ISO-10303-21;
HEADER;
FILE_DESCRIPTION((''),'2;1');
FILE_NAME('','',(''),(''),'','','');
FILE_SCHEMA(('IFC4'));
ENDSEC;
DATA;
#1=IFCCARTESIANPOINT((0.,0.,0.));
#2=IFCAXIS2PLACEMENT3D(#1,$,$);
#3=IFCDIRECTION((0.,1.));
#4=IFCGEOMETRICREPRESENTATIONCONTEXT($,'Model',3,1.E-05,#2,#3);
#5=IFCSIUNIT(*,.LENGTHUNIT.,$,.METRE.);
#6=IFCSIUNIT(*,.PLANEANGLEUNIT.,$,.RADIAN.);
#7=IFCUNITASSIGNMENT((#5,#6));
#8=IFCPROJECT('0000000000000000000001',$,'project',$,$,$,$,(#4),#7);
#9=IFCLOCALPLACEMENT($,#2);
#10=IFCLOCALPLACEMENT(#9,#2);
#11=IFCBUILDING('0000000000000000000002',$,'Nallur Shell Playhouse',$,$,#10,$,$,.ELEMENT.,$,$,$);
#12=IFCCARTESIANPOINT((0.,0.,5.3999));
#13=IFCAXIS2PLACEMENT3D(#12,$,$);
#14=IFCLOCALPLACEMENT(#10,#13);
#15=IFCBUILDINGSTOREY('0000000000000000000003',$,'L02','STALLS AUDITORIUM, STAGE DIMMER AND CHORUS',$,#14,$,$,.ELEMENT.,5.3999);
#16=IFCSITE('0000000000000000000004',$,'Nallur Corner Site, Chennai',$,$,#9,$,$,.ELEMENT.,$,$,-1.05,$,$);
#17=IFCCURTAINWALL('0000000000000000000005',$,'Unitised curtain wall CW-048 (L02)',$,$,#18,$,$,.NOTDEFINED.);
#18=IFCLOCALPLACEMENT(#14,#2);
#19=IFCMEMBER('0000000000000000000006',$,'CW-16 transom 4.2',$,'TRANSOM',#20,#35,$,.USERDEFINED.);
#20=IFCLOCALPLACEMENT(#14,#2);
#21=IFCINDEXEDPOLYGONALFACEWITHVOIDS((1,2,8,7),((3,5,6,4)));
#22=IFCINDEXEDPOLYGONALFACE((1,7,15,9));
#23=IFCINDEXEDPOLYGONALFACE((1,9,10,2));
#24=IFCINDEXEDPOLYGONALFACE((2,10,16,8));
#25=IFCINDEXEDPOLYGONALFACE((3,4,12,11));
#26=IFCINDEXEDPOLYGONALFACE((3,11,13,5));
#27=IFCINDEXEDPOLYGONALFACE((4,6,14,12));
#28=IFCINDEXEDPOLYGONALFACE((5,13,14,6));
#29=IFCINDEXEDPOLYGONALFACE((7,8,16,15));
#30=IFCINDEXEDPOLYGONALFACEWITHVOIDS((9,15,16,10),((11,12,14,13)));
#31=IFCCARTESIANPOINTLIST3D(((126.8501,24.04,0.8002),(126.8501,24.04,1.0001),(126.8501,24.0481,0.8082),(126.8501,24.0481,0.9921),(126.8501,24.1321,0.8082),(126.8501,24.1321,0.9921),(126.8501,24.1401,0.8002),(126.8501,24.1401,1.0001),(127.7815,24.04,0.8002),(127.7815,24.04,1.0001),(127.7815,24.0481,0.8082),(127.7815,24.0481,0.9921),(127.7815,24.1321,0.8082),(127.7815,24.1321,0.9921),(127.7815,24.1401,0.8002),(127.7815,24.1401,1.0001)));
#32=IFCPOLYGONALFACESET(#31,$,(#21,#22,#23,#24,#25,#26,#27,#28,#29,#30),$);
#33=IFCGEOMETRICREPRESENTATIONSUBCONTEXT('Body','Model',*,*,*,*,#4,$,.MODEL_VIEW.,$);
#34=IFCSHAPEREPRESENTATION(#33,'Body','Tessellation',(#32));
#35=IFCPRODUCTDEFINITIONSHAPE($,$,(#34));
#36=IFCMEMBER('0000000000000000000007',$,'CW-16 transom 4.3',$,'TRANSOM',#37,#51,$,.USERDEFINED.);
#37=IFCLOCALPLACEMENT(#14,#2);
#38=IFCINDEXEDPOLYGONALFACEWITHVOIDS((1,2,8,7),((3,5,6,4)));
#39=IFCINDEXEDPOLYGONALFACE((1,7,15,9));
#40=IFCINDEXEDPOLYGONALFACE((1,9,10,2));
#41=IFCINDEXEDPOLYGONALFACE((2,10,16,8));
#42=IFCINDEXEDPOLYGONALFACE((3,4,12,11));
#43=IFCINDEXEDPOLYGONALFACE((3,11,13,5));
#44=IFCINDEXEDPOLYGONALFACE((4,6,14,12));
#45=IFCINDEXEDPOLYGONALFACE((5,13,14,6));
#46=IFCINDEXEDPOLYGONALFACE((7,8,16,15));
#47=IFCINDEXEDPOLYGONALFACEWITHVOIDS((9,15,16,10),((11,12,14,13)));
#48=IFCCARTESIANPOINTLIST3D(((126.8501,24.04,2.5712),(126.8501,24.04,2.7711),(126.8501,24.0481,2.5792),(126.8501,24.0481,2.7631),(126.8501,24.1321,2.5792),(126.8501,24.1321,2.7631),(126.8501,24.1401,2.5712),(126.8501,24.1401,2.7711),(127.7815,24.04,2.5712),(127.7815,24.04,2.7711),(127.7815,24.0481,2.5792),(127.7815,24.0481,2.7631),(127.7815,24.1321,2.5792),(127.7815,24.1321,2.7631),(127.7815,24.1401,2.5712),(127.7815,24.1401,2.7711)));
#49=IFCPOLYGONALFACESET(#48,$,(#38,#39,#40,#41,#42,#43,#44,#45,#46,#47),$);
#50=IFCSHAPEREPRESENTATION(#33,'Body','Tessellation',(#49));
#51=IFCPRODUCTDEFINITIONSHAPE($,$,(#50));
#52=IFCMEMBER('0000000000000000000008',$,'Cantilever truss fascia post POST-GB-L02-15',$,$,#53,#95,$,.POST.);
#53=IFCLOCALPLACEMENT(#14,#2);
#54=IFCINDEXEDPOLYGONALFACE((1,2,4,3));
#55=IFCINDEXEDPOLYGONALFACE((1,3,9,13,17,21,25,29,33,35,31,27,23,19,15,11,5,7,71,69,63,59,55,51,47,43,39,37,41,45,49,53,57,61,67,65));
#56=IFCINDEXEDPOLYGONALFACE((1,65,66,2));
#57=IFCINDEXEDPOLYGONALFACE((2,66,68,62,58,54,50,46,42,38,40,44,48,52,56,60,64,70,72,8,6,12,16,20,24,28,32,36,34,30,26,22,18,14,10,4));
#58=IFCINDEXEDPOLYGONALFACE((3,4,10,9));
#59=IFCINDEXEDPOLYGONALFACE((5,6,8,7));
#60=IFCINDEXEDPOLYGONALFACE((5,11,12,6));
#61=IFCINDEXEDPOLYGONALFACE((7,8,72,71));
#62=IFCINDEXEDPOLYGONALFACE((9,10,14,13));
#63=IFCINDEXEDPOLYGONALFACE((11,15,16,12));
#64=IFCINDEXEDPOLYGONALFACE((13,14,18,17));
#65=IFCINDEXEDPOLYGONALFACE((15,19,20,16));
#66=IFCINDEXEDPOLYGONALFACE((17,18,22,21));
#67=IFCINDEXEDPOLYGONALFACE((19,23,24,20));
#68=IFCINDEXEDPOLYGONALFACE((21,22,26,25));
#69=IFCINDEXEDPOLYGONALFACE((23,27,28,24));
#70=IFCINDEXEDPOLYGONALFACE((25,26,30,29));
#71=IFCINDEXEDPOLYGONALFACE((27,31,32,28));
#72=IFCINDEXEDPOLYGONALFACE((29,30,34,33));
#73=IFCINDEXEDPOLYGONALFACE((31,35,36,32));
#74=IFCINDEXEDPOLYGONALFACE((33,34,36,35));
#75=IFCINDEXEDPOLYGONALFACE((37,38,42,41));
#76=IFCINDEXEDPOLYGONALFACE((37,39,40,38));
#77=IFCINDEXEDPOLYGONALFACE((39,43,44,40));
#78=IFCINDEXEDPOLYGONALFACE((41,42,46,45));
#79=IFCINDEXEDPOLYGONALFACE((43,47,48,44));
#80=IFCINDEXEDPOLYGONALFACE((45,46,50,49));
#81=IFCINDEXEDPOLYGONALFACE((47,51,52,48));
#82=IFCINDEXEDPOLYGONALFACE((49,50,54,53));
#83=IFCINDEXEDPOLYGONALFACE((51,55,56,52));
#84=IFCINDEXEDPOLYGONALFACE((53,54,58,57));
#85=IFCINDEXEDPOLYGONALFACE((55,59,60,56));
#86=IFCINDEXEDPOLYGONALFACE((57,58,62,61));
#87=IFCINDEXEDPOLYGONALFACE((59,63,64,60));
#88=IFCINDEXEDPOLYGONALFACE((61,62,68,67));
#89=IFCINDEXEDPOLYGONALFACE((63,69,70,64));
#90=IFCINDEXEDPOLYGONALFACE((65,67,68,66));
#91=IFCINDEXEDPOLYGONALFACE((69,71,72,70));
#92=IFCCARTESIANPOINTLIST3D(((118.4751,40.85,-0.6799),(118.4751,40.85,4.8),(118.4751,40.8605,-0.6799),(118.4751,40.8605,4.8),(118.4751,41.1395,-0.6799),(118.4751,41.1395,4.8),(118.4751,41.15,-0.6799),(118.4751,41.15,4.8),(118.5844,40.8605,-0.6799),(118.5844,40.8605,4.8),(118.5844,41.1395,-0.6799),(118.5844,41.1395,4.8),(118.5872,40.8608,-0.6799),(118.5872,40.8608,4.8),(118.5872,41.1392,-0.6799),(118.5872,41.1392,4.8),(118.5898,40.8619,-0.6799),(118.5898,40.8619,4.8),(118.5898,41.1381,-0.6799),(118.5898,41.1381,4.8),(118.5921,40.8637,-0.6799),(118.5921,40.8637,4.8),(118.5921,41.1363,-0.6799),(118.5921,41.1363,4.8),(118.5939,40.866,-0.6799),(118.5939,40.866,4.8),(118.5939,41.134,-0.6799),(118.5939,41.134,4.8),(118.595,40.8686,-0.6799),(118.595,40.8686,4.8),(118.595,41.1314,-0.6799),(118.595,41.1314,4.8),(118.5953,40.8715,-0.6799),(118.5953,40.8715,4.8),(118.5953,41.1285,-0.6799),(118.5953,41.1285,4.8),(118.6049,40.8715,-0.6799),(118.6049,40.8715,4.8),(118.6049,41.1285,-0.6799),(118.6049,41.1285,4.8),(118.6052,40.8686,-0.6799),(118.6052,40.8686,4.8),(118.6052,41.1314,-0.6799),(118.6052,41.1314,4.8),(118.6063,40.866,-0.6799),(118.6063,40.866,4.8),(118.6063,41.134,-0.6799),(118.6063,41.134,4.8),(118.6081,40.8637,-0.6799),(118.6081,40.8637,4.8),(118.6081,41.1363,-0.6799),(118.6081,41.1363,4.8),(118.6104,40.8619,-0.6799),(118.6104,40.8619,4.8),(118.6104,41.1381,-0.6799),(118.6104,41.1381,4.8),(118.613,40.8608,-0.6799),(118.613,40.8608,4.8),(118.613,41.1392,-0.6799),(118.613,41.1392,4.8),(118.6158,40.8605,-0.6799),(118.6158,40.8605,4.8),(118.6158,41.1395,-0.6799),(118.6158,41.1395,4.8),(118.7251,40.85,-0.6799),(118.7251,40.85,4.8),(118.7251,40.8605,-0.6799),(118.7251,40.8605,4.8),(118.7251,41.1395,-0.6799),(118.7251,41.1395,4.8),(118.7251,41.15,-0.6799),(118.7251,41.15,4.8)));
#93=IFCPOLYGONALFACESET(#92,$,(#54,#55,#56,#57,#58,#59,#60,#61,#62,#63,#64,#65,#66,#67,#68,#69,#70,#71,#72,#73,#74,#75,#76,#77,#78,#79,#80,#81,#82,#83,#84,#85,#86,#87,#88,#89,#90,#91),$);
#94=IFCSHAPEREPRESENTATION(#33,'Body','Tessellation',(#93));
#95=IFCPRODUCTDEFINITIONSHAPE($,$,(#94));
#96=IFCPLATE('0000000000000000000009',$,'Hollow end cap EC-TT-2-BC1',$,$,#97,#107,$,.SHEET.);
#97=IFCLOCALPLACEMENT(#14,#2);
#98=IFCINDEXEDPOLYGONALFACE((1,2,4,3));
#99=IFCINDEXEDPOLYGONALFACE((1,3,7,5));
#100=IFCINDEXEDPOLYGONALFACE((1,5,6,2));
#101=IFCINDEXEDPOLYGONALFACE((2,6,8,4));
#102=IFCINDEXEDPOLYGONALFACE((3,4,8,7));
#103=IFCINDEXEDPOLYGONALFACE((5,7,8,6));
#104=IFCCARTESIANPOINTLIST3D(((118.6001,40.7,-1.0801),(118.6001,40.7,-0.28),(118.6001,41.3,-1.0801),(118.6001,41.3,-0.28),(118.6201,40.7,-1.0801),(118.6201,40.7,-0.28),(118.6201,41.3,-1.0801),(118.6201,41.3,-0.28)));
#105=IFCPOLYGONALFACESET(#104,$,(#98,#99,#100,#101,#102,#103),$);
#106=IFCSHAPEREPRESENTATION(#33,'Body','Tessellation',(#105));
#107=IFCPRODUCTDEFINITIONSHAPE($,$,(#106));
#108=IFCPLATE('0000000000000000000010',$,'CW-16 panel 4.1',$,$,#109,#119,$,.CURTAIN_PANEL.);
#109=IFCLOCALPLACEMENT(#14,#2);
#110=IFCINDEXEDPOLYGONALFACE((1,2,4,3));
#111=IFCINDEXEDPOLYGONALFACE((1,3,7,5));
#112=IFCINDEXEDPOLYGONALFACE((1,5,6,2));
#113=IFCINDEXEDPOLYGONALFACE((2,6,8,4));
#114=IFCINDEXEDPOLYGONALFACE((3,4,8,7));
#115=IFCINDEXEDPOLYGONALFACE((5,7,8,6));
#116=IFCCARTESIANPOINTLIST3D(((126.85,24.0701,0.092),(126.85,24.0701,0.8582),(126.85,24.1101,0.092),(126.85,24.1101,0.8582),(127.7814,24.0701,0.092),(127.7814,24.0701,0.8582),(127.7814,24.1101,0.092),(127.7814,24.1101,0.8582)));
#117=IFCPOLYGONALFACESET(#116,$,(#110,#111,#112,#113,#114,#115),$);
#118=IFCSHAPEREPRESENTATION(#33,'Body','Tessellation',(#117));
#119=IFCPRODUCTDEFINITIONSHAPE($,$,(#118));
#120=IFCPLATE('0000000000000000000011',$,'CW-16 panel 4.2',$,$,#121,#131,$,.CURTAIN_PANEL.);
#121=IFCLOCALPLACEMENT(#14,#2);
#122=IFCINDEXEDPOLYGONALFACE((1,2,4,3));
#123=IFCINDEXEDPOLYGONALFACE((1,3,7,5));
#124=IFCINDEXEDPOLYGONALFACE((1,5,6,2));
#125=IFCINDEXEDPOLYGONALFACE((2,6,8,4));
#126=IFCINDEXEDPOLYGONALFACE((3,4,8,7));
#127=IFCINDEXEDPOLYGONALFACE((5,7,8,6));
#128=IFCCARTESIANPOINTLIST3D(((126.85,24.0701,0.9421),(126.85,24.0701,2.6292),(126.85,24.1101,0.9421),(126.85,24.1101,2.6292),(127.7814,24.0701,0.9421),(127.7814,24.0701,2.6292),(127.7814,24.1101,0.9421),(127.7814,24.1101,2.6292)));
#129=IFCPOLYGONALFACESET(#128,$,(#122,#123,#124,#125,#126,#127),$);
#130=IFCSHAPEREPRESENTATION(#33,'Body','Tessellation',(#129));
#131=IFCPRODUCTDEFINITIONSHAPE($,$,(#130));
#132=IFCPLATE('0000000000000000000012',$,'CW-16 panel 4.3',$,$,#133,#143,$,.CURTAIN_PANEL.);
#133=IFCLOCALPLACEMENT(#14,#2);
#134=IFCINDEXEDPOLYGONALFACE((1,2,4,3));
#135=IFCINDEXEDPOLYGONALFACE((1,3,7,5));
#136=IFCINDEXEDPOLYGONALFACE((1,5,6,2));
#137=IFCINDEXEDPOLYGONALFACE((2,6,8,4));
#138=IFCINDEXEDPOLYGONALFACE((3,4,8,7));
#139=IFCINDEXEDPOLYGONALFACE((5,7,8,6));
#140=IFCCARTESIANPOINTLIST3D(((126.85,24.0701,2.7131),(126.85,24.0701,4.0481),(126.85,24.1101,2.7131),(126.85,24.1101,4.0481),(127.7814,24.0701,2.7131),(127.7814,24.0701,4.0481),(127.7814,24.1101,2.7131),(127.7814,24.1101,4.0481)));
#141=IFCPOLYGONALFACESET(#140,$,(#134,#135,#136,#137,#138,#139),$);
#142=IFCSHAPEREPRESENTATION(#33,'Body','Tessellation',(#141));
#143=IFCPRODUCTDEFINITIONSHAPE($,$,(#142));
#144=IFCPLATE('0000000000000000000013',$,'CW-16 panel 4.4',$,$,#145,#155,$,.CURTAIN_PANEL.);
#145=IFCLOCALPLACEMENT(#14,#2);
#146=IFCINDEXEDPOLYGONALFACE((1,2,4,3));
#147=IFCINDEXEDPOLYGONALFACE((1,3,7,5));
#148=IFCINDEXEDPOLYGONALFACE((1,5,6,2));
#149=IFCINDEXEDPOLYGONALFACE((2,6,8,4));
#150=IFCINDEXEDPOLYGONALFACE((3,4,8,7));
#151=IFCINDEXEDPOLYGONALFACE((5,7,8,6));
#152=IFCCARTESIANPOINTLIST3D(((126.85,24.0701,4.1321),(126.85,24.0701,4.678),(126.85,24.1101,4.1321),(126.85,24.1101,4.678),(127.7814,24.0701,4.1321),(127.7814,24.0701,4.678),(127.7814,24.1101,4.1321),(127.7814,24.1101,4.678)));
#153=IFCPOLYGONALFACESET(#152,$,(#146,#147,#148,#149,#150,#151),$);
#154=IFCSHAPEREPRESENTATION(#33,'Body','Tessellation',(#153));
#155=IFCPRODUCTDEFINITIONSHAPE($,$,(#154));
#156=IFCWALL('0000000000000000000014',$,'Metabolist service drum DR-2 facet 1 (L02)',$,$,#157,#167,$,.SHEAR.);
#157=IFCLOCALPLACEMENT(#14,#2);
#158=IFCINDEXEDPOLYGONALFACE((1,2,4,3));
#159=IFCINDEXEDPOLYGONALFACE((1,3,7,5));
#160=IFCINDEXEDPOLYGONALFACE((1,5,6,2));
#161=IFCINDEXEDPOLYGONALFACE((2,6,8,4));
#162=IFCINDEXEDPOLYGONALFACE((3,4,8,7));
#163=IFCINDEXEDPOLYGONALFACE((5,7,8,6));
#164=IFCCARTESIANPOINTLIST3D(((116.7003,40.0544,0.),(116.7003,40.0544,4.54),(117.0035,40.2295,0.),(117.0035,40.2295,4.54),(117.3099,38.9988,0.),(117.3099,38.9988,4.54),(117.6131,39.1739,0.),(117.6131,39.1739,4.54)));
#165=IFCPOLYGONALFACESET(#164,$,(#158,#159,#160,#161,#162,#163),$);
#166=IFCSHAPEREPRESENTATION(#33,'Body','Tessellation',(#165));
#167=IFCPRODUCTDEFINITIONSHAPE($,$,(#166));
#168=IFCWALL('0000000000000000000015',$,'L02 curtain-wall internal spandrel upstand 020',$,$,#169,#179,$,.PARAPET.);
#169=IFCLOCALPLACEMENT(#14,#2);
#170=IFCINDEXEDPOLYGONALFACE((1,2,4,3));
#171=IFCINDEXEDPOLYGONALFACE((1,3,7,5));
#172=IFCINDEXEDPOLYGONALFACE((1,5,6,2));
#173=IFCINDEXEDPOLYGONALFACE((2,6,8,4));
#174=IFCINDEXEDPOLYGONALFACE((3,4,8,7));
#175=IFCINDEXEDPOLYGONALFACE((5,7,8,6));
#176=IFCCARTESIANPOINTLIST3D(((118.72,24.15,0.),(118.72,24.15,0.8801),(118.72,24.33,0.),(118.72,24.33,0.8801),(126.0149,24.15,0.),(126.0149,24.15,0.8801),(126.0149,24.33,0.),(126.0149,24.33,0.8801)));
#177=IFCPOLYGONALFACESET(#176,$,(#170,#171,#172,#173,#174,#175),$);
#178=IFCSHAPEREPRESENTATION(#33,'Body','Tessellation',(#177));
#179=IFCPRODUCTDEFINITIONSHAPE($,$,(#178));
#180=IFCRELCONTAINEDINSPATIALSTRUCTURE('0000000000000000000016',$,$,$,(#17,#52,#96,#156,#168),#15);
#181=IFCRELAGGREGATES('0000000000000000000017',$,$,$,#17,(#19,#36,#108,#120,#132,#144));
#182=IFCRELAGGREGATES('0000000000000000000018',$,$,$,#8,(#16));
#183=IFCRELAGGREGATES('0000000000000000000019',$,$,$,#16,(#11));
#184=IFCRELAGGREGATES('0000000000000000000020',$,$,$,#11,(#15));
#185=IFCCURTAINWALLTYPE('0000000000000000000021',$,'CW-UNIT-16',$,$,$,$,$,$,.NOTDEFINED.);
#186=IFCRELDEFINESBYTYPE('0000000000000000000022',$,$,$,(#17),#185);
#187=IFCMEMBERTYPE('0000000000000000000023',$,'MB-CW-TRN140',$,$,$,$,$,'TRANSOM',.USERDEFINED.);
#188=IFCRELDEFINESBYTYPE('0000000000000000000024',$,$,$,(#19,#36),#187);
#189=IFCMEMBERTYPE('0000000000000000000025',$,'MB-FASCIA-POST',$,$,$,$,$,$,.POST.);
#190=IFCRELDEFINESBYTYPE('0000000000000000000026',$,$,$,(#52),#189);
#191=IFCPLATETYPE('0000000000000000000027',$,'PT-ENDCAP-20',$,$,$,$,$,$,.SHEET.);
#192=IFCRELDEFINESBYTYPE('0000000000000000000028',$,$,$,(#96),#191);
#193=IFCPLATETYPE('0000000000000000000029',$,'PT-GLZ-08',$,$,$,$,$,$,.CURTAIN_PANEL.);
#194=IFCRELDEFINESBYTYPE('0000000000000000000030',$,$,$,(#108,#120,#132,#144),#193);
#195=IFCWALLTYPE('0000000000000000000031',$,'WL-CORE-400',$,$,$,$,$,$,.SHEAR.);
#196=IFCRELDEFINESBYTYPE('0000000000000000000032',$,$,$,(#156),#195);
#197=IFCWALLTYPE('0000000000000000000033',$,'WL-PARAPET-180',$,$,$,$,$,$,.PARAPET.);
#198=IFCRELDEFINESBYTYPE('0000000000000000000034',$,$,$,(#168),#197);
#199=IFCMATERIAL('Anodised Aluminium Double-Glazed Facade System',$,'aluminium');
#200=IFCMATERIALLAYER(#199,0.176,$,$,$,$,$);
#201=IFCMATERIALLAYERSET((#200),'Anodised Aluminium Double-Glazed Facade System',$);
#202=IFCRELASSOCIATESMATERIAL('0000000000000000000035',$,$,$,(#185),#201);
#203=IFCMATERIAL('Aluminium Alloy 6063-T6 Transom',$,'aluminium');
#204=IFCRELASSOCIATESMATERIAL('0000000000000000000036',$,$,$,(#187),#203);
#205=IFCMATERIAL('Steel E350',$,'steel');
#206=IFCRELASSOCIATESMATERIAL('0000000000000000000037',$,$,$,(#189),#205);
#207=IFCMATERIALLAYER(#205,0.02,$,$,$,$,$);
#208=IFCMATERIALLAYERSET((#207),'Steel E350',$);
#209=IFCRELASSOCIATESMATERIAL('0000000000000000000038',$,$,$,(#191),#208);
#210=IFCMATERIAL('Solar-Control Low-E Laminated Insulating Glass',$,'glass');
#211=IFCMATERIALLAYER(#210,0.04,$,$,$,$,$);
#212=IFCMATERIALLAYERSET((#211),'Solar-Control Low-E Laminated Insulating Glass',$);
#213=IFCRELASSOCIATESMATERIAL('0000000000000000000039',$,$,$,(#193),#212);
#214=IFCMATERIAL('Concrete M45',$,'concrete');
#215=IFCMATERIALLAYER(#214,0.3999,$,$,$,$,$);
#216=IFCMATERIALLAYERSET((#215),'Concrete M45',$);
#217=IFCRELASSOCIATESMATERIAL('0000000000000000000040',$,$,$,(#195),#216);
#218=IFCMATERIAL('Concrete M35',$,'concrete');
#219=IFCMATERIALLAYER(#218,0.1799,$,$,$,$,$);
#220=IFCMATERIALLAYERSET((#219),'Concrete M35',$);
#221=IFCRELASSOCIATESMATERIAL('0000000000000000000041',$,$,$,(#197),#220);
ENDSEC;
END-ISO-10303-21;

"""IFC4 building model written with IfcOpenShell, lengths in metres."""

from ifc_helpers import new_model, si_unit, direction, frame, frame_2d, origin, origin_2d, place, context, subcontext, project, spatial, rectangle, hollow_rectangle, i_section, extrude, material, layer, layer_set, material_profile, profile_set, type_object, element, aggregate, save


model = new_model("IFC4")

# Units and contexts
model_context = context("Model", 3, precision=1e-05, world=origin(), true_north=direction((0.0, 1.0)))
body_context = subcontext(model_context, "Body", "Model", "MODEL_VIEW")
ifc_project = project(units=[si_unit("LENGTHUNIT", "METRE"), si_unit("PLANEANGLEUNIT", "RADIAN")], contexts=[model_context])

# Site, building, storey
site_placement = place(None, origin())
site = spatial("IfcSite", under=ifc_project, at=site_placement, Name="Nallur Corner Site, Chennai", CompositionType="ELEMENT", RefElevation=-1.05)
building_placement = place(site_placement, origin())
building = spatial("IfcBuilding", under=site, at=building_placement, Name="Nallur Shell Playhouse", CompositionType="ELEMENT")
storey_placement = place(building_placement, frame((0.0, 0.0, 5.3999)))
storey = spatial("IfcBuildingStorey", under=building, at=storey_placement, Name="L02", Description="STALLS AUDITORIUM, STAGE DIMMER AND CHORUS", CompositionType="ELEMENT", Elevation=5.3999)

# Shared definitions
ifc_material_1 = material(Name="Anodised Aluminium Double-Glazed Facade System", Category="aluminium")

# Curtain wall, members
ifc_layer_1 = layer(ifc_material_1, 0.176)
ifc_layer_set_1 = layer_set([ifc_layer_1], Name="Anodised Aluminium Double-Glazed Facade System")
curtain_wall_type_1 = type_object("IfcCurtainWallType", Name="CW-UNIT-16", PredefinedType="NOTDEFINED", material=ifc_layer_set_1)
curtain_wall_1_placement = place(storey_placement, origin())
curtain_wall_1 = element("IfcCurtainWall", 1, at=curtain_wall_1_placement, inside=storey, type_object=curtain_wall_type_1, Name="Unitised curtain wall CW-048 (L02)", PredefinedType="NOTDEFINED")
ifc_material_2 = material(Name="Aluminium Alloy 6063-T6 Transom", Category="aluminium")
ifc_material_profile_1 = material_profile(ifc_material_2, hollow_rectangle(XDim=0.1001, YDim=0.2, WallThickness=0.0081, at=origin_2d()), Name="RHS 200x100x8")
ifc_profile_set_1 = profile_set([ifc_material_profile_1], Name="Aluminium Alloy 6063-T6 Transom")
member_type_1 = type_object("IfcMemberType", Name="MB-CW-TRN140", ElementType="TRANSOM", PredefinedType="USERDEFINED", material=ifc_profile_set_1)
member_1_placement = place(storey_placement, frame((127.7815, 24.0901, 0.9001), z_axis=(-1.0, 0.0, 0.0), x_axis=(0.0, -1.0, 0.0)))
member_1 = element("IfcMember", 2, at=member_1_placement, type_object=member_type_1, Name="CW-16 transom 4.2", ObjectType="TRANSOM", PredefinedType="USERDEFINED", context=body_context, shape_type="SweptSolid", body=[
    extrude(hollow_rectangle(XDim=0.1001, YDim=0.2, WallThickness=0.0081, at=origin_2d()), origin(), (0.0, 0.0, 1.0), 0.9314),
])
member_2_placement = place(storey_placement, frame((127.7815, 24.0901, 2.6711), z_axis=(-1.0, 0.0, 0.0), x_axis=(0.0, -1.0, 0.0)))
member_2 = element("IfcMember", 3, at=member_2_placement, type_object=member_type_1, Name="CW-16 transom 4.3", ObjectType="TRANSOM", PredefinedType="USERDEFINED", context=body_context, shape_type="SweptSolid", body=[
    extrude(hollow_rectangle(XDim=0.1001, YDim=0.2, WallThickness=0.0081, at=origin_2d()), origin(), (0.0, 0.0, 1.0), 0.9314),
])

# Member
ifc_material_3 = material(Name="Steel E350", Category="steel")
ifc_material_profile_2 = material_profile(ifc_material_3, i_section(OverallWidth=0.25, OverallDepth=0.3, WebThickness=0.0095, FlangeThickness=0.0105, FilletRadius=0.011, at=origin_2d()), Name="ISHB 300")
ifc_profile_set_2 = profile_set([ifc_material_profile_2], Name="Steel E350")
member_type_2 = type_object("IfcMemberType", Name="MB-FASCIA-POST", PredefinedType="POST", material=ifc_profile_set_2)
member_3_placement = place(storey_placement, frame((118.6001, 41.0, -0.6799), z_axis=(0.0, 0.0, 1.0), x_axis=(1.0, 0.0, 0.0)))
element("IfcMember", 4, at=member_3_placement, inside=storey, type_object=member_type_2, Name="Cantilever truss fascia post POST-GB-L02-15", PredefinedType="POST", context=body_context, shape_type="SweptSolid", body=[
    extrude(i_section(OverallWidth=0.25, OverallDepth=0.3, WebThickness=0.0095, FlangeThickness=0.0105, FilletRadius=0.011, at=origin_2d()), origin(), (0.0, 0.0, 1.0), 5.48),
])

# Plates
ifc_layer_2 = layer(ifc_material_3, 0.02)
ifc_layer_set_2 = layer_set([ifc_layer_2], Name="Steel E350")
plate_type_1 = type_object("IfcPlateType", Name="PT-ENDCAP-20", PredefinedType="SHEET", material=ifc_layer_set_2)
plate_1_placement = place(storey_placement, frame((118.6101, 41.0, -1.0801), z_axis=(0.0, 0.0, 1.0), x_axis=(1.0, 0.0, 0.0)))
element("IfcPlate", 5, at=plate_1_placement, inside=storey, type_object=plate_type_1, Name="Hollow end cap EC-TT-2-BC1", PredefinedType="SHEET", context=body_context, shape_type="SweptSolid", body=[
    extrude(rectangle(XDim=0.02, YDim=0.6001, at=origin_2d()), origin(), (0.0, 0.0, 1.0), 0.8),
])
ifc_material_4 = material(Name="Solar-Control Low-E Laminated Insulating Glass", Category="glass")
ifc_layer_3 = layer(ifc_material_4, 0.04)
ifc_layer_set_3 = layer_set([ifc_layer_3], Name="Solar-Control Low-E Laminated Insulating Glass")
plate_type_2 = type_object("IfcPlateType", Name="PT-GLZ-08", PredefinedType="CURTAIN_PANEL", material=ifc_layer_set_3)
plate_2_placement = place(storey_placement, frame((127.3157, 24.0901, 0.092), z_axis=(0.0, 0.0, 1.0), x_axis=(-1.0, 0.0, 0.0)))
plate_2 = element("IfcPlate", 6, at=plate_2_placement, type_object=plate_type_2, Name="CW-16 panel 4.1", PredefinedType="CURTAIN_PANEL", context=body_context, shape_type="SweptSolid", body=[
    extrude(rectangle(XDim=0.9314, YDim=0.04, at=origin_2d()), origin(), (0.0, 0.0, 1.0), 0.7661),
])
plate_3_placement = place(storey_placement, frame((127.3157, 24.0901, 0.9421), z_axis=(0.0, 0.0, 1.0), x_axis=(-1.0, 0.0, 0.0)))
plate_3 = element("IfcPlate", 7, at=plate_3_placement, type_object=plate_type_2, Name="CW-16 panel 4.2", PredefinedType="CURTAIN_PANEL", context=body_context, shape_type="SweptSolid", body=[
    extrude(rectangle(XDim=0.9314, YDim=0.04, at=origin_2d()), origin(), (0.0, 0.0, 1.0), 1.687),
])
plate_4_placement = place(storey_placement, frame((127.3157, 24.0901, 2.7131), z_axis=(0.0, 0.0, 1.0), x_axis=(-1.0, 0.0, 0.0)))
plate_4 = element("IfcPlate", 8, at=plate_4_placement, type_object=plate_type_2, Name="CW-16 panel 4.3", PredefinedType="CURTAIN_PANEL", context=body_context, shape_type="SweptSolid", body=[
    extrude(rectangle(XDim=0.9314, YDim=0.04, at=origin_2d()), origin(), (0.0, 0.0, 1.0), 1.335),
])
plate_5_placement = place(storey_placement, frame((127.3157, 24.0901, 4.1321), z_axis=(0.0, 0.0, 1.0), x_axis=(-1.0, 0.0, 0.0)))
plate_5 = element("IfcPlate", 9, at=plate_5_placement, type_object=plate_type_2, Name="CW-16 panel 4.4", PredefinedType="CURTAIN_PANEL", context=body_context, shape_type="SweptSolid", body=[
    extrude(rectangle(XDim=0.9314, YDim=0.04, at=origin_2d()), origin(), (0.0, 0.0, 1.0), 0.5459),
])
aggregate(curtain_wall_1, [member_1, member_2, plate_2, plate_3, plate_4, plate_5])

# Walls
ifc_material_5 = material(Name="Concrete M45", Category="concrete")
ifc_layer_4 = layer(ifc_material_5, 0.3999)
ifc_layer_set_4 = layer_set([ifc_layer_4], Name="Concrete M45")
wall_type_1 = type_object("IfcWallType", Name="WL-CORE-400", PredefinedType="SHEAR", material=ifc_layer_set_4)
wall_1_placement = place(storey_placement, frame((117.4614, 39.0864, 0.0), z_axis=(0.0, 0.0, 1.0), x_axis=(-0.500081, 0.865979, 0.0)))
element("IfcWall", 10, at=wall_1_placement, inside=storey, type_object=wall_type_1, Name="Metabolist service drum DR-2 facet 1 (L02)", PredefinedType="SHEAR", context=body_context, shape_type="SweptSolid", body=[
    extrude(rectangle(XDim=1.219, YDim=0.3501, at=frame_2d((0.6094, 0.0))), origin(), (0.0, 0.0, 1.0), 4.54),
])
ifc_material_6 = material(Name="Concrete M35", Category="concrete")
ifc_layer_5 = layer(ifc_material_6, 0.1799)
ifc_layer_set_5 = layer_set([ifc_layer_5], Name="Concrete M35")
wall_type_2 = type_object("IfcWallType", Name="WL-PARAPET-180", PredefinedType="PARAPET", material=ifc_layer_set_5)
wall_2_placement = place(storey_placement, frame((126.0149, 24.24, 0.0), z_axis=(0.0, 0.0, 1.0), x_axis=(-1.0, 0.0, 0.0)))
element("IfcWall", 11, at=wall_2_placement, inside=storey, type_object=wall_type_2, Name="L02 curtain-wall internal spandrel upstand 020", PredefinedType="PARAPET", context=body_context, shape_type="SweptSolid", body=[
    extrude(rectangle(XDim=7.2949, YDim=0.1799, at=frame_2d((3.6475, 0.0))), origin(), (0.0, 0.0, 1.0), 0.8801),
])

save(model, "model.ifc")
